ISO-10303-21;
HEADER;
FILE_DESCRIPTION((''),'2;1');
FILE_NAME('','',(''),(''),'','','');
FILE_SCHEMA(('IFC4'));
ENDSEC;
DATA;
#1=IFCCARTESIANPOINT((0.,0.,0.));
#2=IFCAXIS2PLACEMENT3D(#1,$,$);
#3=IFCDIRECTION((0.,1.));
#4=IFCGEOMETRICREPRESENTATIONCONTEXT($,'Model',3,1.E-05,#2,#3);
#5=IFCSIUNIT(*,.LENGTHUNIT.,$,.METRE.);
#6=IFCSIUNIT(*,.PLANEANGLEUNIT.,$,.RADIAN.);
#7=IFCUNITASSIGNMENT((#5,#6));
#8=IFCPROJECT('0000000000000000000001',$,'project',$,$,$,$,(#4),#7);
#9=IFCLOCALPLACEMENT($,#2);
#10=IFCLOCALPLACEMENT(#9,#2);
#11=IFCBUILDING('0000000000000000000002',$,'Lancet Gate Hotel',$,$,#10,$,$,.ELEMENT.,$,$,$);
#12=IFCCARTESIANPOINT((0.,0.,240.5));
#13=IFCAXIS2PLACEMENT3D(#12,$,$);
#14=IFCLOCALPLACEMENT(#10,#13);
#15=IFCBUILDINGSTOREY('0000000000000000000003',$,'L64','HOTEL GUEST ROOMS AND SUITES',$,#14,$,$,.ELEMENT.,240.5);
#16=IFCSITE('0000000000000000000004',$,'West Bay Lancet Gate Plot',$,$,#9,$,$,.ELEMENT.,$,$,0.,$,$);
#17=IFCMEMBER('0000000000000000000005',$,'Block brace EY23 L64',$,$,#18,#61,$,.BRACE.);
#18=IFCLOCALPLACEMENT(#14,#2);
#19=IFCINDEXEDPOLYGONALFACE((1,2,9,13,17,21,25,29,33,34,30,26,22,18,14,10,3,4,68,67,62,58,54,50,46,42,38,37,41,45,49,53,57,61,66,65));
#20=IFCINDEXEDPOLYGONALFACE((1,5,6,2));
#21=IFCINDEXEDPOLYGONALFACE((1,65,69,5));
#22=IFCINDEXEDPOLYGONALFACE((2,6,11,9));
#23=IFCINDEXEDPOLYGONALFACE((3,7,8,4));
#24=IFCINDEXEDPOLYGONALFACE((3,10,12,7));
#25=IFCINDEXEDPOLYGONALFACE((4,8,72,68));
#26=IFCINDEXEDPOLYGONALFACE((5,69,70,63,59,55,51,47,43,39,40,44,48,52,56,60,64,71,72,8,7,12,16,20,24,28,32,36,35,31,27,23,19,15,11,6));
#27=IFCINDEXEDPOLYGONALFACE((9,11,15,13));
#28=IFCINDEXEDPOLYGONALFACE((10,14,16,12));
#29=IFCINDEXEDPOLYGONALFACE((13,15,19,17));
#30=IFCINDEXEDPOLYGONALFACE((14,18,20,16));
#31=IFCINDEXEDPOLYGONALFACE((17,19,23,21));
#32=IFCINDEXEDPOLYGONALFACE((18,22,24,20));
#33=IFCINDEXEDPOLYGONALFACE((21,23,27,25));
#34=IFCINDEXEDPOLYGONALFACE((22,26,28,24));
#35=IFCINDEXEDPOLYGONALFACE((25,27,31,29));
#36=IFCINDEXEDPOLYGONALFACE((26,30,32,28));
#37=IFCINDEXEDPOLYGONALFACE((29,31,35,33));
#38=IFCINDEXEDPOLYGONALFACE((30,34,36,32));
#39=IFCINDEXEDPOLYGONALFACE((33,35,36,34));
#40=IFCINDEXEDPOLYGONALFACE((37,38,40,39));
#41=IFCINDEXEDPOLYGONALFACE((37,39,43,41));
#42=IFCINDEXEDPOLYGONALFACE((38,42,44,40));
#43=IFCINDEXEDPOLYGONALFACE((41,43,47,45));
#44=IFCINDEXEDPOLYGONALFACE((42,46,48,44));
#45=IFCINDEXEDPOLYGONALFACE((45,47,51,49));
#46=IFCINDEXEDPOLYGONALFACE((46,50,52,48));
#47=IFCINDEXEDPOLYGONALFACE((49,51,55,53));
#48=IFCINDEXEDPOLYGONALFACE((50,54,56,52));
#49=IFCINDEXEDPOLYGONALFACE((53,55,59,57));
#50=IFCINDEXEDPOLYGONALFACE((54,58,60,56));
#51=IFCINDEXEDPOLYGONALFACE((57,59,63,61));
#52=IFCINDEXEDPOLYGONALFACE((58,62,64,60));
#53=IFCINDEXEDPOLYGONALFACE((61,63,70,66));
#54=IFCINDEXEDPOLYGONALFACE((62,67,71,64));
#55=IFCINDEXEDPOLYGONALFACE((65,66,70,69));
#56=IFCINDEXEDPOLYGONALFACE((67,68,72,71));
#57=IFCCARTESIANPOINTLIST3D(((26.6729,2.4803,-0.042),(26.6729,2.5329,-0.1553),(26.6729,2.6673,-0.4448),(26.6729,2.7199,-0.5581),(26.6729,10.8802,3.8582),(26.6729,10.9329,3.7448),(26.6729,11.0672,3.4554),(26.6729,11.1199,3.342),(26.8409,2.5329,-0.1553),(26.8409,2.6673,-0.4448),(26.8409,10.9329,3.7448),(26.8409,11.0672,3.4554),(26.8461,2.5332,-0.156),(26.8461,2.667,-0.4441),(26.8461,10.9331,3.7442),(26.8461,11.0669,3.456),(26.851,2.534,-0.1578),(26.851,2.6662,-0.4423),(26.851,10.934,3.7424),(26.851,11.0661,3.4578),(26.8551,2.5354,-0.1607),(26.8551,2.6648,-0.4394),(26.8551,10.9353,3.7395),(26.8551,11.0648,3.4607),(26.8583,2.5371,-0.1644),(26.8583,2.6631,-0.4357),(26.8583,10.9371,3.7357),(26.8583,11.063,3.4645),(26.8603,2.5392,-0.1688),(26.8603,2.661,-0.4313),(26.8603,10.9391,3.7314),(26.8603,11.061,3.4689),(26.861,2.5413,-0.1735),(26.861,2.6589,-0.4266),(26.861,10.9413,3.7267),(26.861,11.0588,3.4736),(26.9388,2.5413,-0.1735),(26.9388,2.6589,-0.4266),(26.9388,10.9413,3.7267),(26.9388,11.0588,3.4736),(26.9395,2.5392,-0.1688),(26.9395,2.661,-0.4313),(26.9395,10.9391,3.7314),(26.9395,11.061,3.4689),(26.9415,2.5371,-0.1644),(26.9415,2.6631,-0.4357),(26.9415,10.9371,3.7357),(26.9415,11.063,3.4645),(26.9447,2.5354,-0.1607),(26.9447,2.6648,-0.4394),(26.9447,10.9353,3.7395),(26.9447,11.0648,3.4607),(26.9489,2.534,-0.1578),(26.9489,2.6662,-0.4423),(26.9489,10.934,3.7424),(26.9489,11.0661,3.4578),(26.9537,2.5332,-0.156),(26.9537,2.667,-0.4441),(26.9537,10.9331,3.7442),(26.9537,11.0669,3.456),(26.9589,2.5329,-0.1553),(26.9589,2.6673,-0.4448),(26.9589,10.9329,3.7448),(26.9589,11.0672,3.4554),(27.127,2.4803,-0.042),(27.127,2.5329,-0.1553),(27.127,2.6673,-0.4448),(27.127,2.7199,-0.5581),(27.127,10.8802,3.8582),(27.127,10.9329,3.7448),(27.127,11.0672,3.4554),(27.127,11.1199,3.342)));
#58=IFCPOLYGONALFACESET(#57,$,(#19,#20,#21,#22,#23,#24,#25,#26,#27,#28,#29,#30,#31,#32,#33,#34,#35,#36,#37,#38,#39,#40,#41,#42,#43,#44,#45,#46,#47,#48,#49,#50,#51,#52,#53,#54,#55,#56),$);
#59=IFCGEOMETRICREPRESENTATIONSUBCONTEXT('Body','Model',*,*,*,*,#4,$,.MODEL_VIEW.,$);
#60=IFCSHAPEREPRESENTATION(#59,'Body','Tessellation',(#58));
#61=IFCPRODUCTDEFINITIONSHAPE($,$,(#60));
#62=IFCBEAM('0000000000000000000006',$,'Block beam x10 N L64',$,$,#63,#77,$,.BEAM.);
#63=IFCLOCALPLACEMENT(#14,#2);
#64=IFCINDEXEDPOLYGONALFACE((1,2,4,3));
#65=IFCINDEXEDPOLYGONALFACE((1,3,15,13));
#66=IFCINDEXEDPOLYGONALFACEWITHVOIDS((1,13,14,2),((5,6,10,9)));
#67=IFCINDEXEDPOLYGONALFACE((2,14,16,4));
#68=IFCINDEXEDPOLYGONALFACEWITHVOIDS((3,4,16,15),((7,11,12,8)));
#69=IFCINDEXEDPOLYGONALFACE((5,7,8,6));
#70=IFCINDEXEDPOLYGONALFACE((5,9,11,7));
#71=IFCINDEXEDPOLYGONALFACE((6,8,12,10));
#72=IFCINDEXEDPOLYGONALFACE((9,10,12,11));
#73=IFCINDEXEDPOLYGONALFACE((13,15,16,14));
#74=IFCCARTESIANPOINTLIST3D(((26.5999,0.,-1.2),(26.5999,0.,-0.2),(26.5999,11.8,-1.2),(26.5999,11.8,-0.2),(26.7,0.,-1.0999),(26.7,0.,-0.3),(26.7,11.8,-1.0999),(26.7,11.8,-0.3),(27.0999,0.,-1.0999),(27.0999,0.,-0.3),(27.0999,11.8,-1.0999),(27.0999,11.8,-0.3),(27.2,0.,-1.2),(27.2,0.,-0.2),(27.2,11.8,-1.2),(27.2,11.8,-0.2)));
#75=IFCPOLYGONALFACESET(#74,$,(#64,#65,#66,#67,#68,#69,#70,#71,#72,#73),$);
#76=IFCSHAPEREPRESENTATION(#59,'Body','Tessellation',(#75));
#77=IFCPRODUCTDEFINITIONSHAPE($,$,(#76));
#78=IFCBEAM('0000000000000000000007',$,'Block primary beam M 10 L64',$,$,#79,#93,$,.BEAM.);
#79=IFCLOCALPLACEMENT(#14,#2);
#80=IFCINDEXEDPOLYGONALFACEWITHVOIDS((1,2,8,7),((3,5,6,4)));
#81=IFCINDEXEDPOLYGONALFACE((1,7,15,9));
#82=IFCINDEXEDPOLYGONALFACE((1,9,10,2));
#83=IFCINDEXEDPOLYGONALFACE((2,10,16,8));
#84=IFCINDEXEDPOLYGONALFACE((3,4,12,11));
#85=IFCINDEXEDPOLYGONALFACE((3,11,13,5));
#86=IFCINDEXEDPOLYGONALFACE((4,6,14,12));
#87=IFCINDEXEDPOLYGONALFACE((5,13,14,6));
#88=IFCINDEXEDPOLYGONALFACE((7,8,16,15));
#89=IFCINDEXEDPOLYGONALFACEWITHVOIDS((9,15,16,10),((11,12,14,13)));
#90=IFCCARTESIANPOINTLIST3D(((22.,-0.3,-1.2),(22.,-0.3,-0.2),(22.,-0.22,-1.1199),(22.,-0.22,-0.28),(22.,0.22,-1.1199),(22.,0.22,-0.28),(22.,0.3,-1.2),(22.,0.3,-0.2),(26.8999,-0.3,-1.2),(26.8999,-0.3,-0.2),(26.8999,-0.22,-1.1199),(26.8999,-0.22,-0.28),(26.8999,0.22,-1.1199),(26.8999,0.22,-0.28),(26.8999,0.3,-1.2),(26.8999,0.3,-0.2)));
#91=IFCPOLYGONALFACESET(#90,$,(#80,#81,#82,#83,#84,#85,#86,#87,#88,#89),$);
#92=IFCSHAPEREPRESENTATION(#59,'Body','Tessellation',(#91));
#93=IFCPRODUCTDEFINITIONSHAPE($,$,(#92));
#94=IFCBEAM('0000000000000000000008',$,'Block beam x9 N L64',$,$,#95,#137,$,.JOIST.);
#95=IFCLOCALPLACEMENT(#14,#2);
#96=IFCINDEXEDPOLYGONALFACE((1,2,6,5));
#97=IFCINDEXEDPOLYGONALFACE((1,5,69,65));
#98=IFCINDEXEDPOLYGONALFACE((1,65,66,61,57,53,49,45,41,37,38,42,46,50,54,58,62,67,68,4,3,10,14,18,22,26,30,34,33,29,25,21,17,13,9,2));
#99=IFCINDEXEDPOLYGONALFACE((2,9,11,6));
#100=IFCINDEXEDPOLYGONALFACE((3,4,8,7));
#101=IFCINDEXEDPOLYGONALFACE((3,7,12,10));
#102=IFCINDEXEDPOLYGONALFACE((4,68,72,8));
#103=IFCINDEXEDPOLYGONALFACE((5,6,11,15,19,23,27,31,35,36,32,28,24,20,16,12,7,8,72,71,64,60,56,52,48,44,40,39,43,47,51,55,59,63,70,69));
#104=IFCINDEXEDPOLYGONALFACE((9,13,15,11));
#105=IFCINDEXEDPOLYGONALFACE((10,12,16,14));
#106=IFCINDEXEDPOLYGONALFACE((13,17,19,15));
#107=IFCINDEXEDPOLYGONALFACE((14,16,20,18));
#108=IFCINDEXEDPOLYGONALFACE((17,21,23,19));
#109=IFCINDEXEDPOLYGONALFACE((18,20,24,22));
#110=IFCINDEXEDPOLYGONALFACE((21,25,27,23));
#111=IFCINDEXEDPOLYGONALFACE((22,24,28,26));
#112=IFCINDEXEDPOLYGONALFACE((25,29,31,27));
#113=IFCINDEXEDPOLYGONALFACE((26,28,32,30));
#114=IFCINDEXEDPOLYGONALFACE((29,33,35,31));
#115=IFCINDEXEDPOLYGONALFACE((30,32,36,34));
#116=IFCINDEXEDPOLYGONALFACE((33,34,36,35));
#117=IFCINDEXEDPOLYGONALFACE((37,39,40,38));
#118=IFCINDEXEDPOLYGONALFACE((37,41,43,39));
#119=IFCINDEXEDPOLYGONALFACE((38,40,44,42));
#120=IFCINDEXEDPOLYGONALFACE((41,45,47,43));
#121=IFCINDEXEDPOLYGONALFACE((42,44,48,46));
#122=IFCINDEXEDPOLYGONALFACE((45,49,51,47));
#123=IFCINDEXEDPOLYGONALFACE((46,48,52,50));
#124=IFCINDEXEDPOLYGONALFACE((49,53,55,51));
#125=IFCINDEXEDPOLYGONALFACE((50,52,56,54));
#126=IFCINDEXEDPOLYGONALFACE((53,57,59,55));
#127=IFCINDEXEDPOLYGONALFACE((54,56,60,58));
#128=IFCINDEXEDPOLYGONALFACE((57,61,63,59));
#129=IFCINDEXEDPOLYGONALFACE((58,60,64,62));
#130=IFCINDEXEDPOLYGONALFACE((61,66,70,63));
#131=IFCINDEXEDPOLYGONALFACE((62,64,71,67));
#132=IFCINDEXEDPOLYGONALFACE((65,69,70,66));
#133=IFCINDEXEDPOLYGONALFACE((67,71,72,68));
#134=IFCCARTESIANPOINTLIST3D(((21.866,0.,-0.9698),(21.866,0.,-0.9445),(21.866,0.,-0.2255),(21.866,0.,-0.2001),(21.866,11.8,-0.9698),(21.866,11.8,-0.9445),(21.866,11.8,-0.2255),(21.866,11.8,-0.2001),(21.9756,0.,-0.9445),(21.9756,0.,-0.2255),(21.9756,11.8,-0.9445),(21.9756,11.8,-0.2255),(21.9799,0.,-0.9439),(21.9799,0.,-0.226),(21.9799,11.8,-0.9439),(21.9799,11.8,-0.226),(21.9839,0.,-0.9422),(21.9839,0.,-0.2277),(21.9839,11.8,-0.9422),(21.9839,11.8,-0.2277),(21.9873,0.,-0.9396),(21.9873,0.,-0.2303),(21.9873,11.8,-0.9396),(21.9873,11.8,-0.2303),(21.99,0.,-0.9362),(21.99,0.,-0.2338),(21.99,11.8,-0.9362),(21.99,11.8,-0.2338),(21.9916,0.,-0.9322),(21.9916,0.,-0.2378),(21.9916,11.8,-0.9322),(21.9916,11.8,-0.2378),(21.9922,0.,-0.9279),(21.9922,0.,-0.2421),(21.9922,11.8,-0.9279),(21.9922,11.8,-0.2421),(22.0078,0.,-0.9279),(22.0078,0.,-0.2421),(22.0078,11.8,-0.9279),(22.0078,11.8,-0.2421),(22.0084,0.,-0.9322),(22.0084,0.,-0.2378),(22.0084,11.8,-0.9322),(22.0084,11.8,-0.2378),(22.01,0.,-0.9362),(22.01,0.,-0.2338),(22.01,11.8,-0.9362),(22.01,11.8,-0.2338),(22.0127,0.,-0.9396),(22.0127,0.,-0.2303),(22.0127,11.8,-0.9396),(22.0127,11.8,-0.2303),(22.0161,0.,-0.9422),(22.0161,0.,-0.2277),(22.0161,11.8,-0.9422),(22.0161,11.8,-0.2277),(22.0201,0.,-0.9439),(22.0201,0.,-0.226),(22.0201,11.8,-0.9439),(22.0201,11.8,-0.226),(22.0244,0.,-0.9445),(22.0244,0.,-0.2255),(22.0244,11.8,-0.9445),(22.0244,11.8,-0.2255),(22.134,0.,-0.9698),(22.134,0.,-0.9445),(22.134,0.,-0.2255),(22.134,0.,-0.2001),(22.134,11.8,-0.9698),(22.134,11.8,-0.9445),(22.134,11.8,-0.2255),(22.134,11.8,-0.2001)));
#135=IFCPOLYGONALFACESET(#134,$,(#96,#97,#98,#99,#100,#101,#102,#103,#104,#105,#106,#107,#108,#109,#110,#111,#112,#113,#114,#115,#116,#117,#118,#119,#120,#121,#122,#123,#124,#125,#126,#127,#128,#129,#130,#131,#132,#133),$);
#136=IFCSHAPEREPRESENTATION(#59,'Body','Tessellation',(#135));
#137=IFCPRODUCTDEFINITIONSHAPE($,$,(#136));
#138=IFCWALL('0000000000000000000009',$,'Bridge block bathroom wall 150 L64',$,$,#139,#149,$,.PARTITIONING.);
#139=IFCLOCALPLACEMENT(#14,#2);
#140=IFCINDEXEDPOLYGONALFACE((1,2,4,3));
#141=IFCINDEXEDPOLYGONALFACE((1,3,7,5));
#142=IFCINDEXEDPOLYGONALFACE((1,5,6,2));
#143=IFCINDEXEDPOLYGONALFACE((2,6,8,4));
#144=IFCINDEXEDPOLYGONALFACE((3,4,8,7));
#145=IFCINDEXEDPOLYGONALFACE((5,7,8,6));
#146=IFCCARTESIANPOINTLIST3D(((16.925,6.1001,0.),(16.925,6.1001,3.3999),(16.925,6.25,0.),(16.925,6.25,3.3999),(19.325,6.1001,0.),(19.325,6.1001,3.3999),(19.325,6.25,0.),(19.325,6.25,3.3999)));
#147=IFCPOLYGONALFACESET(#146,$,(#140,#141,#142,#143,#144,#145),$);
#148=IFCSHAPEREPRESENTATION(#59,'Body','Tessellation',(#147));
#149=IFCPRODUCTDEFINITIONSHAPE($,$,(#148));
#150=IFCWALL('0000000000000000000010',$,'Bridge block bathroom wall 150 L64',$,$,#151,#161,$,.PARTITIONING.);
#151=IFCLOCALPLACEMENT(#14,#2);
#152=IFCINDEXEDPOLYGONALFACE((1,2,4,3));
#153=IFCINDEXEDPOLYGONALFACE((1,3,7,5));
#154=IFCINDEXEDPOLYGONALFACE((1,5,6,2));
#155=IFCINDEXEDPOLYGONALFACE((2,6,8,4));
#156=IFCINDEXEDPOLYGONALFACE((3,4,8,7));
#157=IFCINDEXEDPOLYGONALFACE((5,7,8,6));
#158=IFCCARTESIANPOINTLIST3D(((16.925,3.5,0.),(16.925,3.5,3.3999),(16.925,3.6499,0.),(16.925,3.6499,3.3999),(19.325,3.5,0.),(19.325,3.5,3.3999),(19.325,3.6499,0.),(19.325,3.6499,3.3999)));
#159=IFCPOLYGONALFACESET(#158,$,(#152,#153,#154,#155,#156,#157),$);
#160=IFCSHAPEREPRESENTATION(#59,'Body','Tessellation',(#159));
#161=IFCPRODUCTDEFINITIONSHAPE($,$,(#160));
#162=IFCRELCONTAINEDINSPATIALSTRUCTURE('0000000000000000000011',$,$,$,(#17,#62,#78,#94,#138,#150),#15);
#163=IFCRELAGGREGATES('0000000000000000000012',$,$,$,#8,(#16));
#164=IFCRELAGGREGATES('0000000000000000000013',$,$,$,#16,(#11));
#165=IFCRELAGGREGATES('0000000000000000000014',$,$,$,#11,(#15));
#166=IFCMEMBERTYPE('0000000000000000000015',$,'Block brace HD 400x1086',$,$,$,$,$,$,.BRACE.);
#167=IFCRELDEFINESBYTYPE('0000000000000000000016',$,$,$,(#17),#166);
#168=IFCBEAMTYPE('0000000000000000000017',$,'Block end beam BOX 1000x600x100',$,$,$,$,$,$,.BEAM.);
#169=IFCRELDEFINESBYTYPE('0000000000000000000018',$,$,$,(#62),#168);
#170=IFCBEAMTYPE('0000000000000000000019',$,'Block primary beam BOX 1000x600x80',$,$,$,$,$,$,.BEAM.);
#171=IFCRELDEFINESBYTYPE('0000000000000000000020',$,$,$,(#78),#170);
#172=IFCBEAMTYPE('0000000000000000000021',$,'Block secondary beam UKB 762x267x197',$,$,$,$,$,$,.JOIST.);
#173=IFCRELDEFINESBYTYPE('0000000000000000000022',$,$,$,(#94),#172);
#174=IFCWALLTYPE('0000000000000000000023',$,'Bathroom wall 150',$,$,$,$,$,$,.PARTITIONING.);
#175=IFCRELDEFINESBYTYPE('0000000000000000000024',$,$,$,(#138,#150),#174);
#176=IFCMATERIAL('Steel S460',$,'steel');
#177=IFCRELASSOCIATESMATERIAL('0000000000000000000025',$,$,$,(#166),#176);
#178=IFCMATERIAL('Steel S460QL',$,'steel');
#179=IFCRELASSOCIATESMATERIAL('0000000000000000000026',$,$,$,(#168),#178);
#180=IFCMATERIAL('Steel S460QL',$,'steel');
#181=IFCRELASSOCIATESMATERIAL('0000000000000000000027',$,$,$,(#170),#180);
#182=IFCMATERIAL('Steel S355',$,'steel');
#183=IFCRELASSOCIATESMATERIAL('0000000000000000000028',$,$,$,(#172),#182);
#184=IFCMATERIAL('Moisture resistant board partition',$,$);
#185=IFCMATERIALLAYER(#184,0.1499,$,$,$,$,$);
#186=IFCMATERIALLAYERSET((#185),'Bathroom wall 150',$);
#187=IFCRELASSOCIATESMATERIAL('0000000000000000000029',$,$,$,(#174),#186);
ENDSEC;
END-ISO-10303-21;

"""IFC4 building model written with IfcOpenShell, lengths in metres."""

from ifc_helpers import new_model, si_unit, direction, frame, frame_2d, origin, origin_2d, place, context, subcontext, project, spatial, rectangle, hollow_rectangle, i_section, extrude, material, layer, layer_set, material_profile, profile_set, type_object, element, save


model = new_model("IFC4")

# Units and contexts
model_context = context("Model", 3, precision=1e-05, world=origin(), true_north=direction((0.0, 1.0)))
body_context = subcontext(model_context, "Body", "Model", "MODEL_VIEW")
ifc_project = project(units=[si_unit("LENGTHUNIT", "METRE"), si_unit("PLANEANGLEUNIT", "RADIAN")], contexts=[model_context])

# Site, building, storey
site_placement = place(None, origin())
site = spatial("IfcSite", under=ifc_project, at=site_placement, Name="West Bay Lancet Gate Plot", CompositionType="ELEMENT", RefElevation=0.0)
building_placement = place(site_placement, origin())
building = spatial("IfcBuilding", under=site, at=building_placement, Name="Lancet Gate Hotel", CompositionType="ELEMENT")
storey_placement = place(building_placement, frame((0.0, 0.0, 240.5)))
storey = spatial("IfcBuildingStorey", under=building, at=storey_placement, Name="L64", Description="HOTEL GUEST ROOMS AND SUITES", CompositionType="ELEMENT", Elevation=240.5)

# Member
ifc_material_1 = material(Name="Steel S460", Category="steel")
ifc_material_profile_1 = material_profile(ifc_material_1, i_section(OverallWidth=0.4541, OverallDepth=0.5691, WebThickness=0.0779, FlangeThickness=0.125, FilletRadius=0.02, at=origin_2d()), Name="HD 400x1086")
ifc_profile_set_1 = profile_set([ifc_material_profile_1], Name="Steel S460")
member_type = type_object("IfcMemberType", Name="Block brace HD 400x1086", PredefinedType="BRACE", material=ifc_profile_set_1)
member_placement = place(storey_placement, frame((26.8999, 2.6001, -0.3), z_axis=(0.0, 0.907001, 0.421128), x_axis=(-1.0, 0.0, 0.0)))
element("IfcMember", 1, at=member_placement, inside=storey, type_object=member_type, Name="Block brace EY23 L64", PredefinedType="BRACE", context=body_context, shape_type="SweptSolid", body=[
    extrude(i_section(OverallWidth=0.4541, OverallDepth=0.5691, WebThickness=0.0779, FlangeThickness=0.125, FilletRadius=0.02, at=origin_2d()), origin(), (0.0, 0.0, 1.0), 9.2612),
])

# Beams
ifc_material_2 = material(Name="Steel S460QL", Category="steel")
ifc_material_profile_2 = material_profile(ifc_material_2, hollow_rectangle(XDim=0.6001, YDim=1.0, WallThickness=0.1001, at=origin_2d()), Name="BOX 1000x600x100")
ifc_profile_set_2 = profile_set([ifc_material_profile_2], Name="Steel S460QL")
beam_type_1 = type_object("IfcBeamType", Name="Block end beam BOX 1000x600x100", PredefinedType="BEAM", material=ifc_profile_set_2)
beam_1_placement = place(storey_placement, frame((26.8999, 0.0, -0.7), z_axis=(0.0, 1.0, 0.0), x_axis=(-1.0, 0.0, 0.0)))
element("IfcBeam", 2, at=beam_1_placement, inside=storey, type_object=beam_type_1, Name="Block beam x10 N L64", PredefinedType="BEAM", context=body_context, shape_type="SweptSolid", body=[
    extrude(hollow_rectangle(XDim=0.6001, YDim=1.0, WallThickness=0.1001, at=origin_2d()), origin(), (0.0, 0.0, 1.0), 11.8),
])
ifc_material_3 = material(Name="Steel S460QL", Category="steel")
ifc_material_profile_3 = material_profile(ifc_material_3, hollow_rectangle(XDim=0.6001, YDim=1.0, WallThickness=0.0801, at=origin_2d()), Name="BOX 1000x600x80")
ifc_profile_set_3 = profile_set([ifc_material_profile_3], Name="Steel S460QL")
beam_type_2 = type_object("IfcBeamType", Name="Block primary beam BOX 1000x600x80", PredefinedType="BEAM", material=ifc_profile_set_3)
beam_2_placement = place(storey_placement, frame((22.0, 0.0, -0.7), z_axis=(1.0, 0.0, 0.0), x_axis=(0.0, 1.0, 0.0)))
element("IfcBeam", 3, at=beam_2_placement, inside=storey, type_object=beam_type_2, Name="Block primary beam M 10 L64", PredefinedType="BEAM", context=body_context, shape_type="SweptSolid", body=[
    extrude(hollow_rectangle(XDim=0.6001, YDim=1.0, WallThickness=0.0801, at=origin_2d()), origin(), (0.0, 0.0, 1.0), 4.8999),
])
ifc_material_4 = material(Name="Steel S355", Category="steel")
ifc_material_profile_4 = material_profile(ifc_material_4, i_section(OverallWidth=0.2681, OverallDepth=0.7698, WebThickness=0.0156, FlangeThickness=0.0254, FilletRadius=0.0166, at=origin_2d()), Name="UKB 762x267x197")
ifc_profile_set_4 = profile_set([ifc_material_profile_4], Name="Steel S355")
beam_type_3 = type_object("IfcBeamType", Name="Block secondary beam UKB 762x267x197", PredefinedType="JOIST", material=ifc_profile_set_4)
beam_3_placement = place(storey_placement, frame((22.0, 0.0, -0.585), z_axis=(0.0, 1.0, 0.0), x_axis=(-1.0, 0.0, 0.0)))
element("IfcBeam", 4, at=beam_3_placement, inside=storey, type_object=beam_type_3, Name="Block beam x9 N L64", PredefinedType="JOIST", context=body_context, shape_type="SweptSolid", body=[
    extrude(i_section(OverallWidth=0.2681, OverallDepth=0.7698, WebThickness=0.0156, FlangeThickness=0.0254, FilletRadius=0.0166, at=origin_2d()), origin(), (0.0, 0.0, 1.0), 11.8),
])

# Walls
ifc_material_5 = material(Name="Moisture resistant board partition")
ifc_layer_1 = layer(ifc_material_5, 0.1499)
ifc_layer_set_1 = layer_set([ifc_layer_1], Name="Bathroom wall 150")
wall_type_1 = type_object("IfcWallType", Name="Bathroom wall 150", PredefinedType="PARTITIONING", material=ifc_layer_set_1)
for number, where, z_axis, x_axis, name in (
    (5, (16.925, 6.175, 0.0), (0.0, 0.0, 1.0), (1.0, 0.0, 0.0), "Bridge block bathroom wall 150 L64"),
    (6, (16.925, 3.575, 0.0), (0.0, 0.0, 1.0), (1.0, 0.0, 0.0), "Bridge block bathroom wall 150 L64"),
):
    element("IfcWall", number, at=place(storey_placement, frame(where, z_axis=z_axis, x_axis=x_axis)), inside=storey, type_object=wall_type_1, Name=name, PredefinedType="PARTITIONING", context=body_context, shape_type="SweptSolid", body=[
        extrude(rectangle(XDim=2.3999, YDim=0.1499, at=frame_2d((1.2, 0.0))), origin(), (0.0, 0.0, 1.0), 3.3999),
    ])

save(model, "model.ifc")
